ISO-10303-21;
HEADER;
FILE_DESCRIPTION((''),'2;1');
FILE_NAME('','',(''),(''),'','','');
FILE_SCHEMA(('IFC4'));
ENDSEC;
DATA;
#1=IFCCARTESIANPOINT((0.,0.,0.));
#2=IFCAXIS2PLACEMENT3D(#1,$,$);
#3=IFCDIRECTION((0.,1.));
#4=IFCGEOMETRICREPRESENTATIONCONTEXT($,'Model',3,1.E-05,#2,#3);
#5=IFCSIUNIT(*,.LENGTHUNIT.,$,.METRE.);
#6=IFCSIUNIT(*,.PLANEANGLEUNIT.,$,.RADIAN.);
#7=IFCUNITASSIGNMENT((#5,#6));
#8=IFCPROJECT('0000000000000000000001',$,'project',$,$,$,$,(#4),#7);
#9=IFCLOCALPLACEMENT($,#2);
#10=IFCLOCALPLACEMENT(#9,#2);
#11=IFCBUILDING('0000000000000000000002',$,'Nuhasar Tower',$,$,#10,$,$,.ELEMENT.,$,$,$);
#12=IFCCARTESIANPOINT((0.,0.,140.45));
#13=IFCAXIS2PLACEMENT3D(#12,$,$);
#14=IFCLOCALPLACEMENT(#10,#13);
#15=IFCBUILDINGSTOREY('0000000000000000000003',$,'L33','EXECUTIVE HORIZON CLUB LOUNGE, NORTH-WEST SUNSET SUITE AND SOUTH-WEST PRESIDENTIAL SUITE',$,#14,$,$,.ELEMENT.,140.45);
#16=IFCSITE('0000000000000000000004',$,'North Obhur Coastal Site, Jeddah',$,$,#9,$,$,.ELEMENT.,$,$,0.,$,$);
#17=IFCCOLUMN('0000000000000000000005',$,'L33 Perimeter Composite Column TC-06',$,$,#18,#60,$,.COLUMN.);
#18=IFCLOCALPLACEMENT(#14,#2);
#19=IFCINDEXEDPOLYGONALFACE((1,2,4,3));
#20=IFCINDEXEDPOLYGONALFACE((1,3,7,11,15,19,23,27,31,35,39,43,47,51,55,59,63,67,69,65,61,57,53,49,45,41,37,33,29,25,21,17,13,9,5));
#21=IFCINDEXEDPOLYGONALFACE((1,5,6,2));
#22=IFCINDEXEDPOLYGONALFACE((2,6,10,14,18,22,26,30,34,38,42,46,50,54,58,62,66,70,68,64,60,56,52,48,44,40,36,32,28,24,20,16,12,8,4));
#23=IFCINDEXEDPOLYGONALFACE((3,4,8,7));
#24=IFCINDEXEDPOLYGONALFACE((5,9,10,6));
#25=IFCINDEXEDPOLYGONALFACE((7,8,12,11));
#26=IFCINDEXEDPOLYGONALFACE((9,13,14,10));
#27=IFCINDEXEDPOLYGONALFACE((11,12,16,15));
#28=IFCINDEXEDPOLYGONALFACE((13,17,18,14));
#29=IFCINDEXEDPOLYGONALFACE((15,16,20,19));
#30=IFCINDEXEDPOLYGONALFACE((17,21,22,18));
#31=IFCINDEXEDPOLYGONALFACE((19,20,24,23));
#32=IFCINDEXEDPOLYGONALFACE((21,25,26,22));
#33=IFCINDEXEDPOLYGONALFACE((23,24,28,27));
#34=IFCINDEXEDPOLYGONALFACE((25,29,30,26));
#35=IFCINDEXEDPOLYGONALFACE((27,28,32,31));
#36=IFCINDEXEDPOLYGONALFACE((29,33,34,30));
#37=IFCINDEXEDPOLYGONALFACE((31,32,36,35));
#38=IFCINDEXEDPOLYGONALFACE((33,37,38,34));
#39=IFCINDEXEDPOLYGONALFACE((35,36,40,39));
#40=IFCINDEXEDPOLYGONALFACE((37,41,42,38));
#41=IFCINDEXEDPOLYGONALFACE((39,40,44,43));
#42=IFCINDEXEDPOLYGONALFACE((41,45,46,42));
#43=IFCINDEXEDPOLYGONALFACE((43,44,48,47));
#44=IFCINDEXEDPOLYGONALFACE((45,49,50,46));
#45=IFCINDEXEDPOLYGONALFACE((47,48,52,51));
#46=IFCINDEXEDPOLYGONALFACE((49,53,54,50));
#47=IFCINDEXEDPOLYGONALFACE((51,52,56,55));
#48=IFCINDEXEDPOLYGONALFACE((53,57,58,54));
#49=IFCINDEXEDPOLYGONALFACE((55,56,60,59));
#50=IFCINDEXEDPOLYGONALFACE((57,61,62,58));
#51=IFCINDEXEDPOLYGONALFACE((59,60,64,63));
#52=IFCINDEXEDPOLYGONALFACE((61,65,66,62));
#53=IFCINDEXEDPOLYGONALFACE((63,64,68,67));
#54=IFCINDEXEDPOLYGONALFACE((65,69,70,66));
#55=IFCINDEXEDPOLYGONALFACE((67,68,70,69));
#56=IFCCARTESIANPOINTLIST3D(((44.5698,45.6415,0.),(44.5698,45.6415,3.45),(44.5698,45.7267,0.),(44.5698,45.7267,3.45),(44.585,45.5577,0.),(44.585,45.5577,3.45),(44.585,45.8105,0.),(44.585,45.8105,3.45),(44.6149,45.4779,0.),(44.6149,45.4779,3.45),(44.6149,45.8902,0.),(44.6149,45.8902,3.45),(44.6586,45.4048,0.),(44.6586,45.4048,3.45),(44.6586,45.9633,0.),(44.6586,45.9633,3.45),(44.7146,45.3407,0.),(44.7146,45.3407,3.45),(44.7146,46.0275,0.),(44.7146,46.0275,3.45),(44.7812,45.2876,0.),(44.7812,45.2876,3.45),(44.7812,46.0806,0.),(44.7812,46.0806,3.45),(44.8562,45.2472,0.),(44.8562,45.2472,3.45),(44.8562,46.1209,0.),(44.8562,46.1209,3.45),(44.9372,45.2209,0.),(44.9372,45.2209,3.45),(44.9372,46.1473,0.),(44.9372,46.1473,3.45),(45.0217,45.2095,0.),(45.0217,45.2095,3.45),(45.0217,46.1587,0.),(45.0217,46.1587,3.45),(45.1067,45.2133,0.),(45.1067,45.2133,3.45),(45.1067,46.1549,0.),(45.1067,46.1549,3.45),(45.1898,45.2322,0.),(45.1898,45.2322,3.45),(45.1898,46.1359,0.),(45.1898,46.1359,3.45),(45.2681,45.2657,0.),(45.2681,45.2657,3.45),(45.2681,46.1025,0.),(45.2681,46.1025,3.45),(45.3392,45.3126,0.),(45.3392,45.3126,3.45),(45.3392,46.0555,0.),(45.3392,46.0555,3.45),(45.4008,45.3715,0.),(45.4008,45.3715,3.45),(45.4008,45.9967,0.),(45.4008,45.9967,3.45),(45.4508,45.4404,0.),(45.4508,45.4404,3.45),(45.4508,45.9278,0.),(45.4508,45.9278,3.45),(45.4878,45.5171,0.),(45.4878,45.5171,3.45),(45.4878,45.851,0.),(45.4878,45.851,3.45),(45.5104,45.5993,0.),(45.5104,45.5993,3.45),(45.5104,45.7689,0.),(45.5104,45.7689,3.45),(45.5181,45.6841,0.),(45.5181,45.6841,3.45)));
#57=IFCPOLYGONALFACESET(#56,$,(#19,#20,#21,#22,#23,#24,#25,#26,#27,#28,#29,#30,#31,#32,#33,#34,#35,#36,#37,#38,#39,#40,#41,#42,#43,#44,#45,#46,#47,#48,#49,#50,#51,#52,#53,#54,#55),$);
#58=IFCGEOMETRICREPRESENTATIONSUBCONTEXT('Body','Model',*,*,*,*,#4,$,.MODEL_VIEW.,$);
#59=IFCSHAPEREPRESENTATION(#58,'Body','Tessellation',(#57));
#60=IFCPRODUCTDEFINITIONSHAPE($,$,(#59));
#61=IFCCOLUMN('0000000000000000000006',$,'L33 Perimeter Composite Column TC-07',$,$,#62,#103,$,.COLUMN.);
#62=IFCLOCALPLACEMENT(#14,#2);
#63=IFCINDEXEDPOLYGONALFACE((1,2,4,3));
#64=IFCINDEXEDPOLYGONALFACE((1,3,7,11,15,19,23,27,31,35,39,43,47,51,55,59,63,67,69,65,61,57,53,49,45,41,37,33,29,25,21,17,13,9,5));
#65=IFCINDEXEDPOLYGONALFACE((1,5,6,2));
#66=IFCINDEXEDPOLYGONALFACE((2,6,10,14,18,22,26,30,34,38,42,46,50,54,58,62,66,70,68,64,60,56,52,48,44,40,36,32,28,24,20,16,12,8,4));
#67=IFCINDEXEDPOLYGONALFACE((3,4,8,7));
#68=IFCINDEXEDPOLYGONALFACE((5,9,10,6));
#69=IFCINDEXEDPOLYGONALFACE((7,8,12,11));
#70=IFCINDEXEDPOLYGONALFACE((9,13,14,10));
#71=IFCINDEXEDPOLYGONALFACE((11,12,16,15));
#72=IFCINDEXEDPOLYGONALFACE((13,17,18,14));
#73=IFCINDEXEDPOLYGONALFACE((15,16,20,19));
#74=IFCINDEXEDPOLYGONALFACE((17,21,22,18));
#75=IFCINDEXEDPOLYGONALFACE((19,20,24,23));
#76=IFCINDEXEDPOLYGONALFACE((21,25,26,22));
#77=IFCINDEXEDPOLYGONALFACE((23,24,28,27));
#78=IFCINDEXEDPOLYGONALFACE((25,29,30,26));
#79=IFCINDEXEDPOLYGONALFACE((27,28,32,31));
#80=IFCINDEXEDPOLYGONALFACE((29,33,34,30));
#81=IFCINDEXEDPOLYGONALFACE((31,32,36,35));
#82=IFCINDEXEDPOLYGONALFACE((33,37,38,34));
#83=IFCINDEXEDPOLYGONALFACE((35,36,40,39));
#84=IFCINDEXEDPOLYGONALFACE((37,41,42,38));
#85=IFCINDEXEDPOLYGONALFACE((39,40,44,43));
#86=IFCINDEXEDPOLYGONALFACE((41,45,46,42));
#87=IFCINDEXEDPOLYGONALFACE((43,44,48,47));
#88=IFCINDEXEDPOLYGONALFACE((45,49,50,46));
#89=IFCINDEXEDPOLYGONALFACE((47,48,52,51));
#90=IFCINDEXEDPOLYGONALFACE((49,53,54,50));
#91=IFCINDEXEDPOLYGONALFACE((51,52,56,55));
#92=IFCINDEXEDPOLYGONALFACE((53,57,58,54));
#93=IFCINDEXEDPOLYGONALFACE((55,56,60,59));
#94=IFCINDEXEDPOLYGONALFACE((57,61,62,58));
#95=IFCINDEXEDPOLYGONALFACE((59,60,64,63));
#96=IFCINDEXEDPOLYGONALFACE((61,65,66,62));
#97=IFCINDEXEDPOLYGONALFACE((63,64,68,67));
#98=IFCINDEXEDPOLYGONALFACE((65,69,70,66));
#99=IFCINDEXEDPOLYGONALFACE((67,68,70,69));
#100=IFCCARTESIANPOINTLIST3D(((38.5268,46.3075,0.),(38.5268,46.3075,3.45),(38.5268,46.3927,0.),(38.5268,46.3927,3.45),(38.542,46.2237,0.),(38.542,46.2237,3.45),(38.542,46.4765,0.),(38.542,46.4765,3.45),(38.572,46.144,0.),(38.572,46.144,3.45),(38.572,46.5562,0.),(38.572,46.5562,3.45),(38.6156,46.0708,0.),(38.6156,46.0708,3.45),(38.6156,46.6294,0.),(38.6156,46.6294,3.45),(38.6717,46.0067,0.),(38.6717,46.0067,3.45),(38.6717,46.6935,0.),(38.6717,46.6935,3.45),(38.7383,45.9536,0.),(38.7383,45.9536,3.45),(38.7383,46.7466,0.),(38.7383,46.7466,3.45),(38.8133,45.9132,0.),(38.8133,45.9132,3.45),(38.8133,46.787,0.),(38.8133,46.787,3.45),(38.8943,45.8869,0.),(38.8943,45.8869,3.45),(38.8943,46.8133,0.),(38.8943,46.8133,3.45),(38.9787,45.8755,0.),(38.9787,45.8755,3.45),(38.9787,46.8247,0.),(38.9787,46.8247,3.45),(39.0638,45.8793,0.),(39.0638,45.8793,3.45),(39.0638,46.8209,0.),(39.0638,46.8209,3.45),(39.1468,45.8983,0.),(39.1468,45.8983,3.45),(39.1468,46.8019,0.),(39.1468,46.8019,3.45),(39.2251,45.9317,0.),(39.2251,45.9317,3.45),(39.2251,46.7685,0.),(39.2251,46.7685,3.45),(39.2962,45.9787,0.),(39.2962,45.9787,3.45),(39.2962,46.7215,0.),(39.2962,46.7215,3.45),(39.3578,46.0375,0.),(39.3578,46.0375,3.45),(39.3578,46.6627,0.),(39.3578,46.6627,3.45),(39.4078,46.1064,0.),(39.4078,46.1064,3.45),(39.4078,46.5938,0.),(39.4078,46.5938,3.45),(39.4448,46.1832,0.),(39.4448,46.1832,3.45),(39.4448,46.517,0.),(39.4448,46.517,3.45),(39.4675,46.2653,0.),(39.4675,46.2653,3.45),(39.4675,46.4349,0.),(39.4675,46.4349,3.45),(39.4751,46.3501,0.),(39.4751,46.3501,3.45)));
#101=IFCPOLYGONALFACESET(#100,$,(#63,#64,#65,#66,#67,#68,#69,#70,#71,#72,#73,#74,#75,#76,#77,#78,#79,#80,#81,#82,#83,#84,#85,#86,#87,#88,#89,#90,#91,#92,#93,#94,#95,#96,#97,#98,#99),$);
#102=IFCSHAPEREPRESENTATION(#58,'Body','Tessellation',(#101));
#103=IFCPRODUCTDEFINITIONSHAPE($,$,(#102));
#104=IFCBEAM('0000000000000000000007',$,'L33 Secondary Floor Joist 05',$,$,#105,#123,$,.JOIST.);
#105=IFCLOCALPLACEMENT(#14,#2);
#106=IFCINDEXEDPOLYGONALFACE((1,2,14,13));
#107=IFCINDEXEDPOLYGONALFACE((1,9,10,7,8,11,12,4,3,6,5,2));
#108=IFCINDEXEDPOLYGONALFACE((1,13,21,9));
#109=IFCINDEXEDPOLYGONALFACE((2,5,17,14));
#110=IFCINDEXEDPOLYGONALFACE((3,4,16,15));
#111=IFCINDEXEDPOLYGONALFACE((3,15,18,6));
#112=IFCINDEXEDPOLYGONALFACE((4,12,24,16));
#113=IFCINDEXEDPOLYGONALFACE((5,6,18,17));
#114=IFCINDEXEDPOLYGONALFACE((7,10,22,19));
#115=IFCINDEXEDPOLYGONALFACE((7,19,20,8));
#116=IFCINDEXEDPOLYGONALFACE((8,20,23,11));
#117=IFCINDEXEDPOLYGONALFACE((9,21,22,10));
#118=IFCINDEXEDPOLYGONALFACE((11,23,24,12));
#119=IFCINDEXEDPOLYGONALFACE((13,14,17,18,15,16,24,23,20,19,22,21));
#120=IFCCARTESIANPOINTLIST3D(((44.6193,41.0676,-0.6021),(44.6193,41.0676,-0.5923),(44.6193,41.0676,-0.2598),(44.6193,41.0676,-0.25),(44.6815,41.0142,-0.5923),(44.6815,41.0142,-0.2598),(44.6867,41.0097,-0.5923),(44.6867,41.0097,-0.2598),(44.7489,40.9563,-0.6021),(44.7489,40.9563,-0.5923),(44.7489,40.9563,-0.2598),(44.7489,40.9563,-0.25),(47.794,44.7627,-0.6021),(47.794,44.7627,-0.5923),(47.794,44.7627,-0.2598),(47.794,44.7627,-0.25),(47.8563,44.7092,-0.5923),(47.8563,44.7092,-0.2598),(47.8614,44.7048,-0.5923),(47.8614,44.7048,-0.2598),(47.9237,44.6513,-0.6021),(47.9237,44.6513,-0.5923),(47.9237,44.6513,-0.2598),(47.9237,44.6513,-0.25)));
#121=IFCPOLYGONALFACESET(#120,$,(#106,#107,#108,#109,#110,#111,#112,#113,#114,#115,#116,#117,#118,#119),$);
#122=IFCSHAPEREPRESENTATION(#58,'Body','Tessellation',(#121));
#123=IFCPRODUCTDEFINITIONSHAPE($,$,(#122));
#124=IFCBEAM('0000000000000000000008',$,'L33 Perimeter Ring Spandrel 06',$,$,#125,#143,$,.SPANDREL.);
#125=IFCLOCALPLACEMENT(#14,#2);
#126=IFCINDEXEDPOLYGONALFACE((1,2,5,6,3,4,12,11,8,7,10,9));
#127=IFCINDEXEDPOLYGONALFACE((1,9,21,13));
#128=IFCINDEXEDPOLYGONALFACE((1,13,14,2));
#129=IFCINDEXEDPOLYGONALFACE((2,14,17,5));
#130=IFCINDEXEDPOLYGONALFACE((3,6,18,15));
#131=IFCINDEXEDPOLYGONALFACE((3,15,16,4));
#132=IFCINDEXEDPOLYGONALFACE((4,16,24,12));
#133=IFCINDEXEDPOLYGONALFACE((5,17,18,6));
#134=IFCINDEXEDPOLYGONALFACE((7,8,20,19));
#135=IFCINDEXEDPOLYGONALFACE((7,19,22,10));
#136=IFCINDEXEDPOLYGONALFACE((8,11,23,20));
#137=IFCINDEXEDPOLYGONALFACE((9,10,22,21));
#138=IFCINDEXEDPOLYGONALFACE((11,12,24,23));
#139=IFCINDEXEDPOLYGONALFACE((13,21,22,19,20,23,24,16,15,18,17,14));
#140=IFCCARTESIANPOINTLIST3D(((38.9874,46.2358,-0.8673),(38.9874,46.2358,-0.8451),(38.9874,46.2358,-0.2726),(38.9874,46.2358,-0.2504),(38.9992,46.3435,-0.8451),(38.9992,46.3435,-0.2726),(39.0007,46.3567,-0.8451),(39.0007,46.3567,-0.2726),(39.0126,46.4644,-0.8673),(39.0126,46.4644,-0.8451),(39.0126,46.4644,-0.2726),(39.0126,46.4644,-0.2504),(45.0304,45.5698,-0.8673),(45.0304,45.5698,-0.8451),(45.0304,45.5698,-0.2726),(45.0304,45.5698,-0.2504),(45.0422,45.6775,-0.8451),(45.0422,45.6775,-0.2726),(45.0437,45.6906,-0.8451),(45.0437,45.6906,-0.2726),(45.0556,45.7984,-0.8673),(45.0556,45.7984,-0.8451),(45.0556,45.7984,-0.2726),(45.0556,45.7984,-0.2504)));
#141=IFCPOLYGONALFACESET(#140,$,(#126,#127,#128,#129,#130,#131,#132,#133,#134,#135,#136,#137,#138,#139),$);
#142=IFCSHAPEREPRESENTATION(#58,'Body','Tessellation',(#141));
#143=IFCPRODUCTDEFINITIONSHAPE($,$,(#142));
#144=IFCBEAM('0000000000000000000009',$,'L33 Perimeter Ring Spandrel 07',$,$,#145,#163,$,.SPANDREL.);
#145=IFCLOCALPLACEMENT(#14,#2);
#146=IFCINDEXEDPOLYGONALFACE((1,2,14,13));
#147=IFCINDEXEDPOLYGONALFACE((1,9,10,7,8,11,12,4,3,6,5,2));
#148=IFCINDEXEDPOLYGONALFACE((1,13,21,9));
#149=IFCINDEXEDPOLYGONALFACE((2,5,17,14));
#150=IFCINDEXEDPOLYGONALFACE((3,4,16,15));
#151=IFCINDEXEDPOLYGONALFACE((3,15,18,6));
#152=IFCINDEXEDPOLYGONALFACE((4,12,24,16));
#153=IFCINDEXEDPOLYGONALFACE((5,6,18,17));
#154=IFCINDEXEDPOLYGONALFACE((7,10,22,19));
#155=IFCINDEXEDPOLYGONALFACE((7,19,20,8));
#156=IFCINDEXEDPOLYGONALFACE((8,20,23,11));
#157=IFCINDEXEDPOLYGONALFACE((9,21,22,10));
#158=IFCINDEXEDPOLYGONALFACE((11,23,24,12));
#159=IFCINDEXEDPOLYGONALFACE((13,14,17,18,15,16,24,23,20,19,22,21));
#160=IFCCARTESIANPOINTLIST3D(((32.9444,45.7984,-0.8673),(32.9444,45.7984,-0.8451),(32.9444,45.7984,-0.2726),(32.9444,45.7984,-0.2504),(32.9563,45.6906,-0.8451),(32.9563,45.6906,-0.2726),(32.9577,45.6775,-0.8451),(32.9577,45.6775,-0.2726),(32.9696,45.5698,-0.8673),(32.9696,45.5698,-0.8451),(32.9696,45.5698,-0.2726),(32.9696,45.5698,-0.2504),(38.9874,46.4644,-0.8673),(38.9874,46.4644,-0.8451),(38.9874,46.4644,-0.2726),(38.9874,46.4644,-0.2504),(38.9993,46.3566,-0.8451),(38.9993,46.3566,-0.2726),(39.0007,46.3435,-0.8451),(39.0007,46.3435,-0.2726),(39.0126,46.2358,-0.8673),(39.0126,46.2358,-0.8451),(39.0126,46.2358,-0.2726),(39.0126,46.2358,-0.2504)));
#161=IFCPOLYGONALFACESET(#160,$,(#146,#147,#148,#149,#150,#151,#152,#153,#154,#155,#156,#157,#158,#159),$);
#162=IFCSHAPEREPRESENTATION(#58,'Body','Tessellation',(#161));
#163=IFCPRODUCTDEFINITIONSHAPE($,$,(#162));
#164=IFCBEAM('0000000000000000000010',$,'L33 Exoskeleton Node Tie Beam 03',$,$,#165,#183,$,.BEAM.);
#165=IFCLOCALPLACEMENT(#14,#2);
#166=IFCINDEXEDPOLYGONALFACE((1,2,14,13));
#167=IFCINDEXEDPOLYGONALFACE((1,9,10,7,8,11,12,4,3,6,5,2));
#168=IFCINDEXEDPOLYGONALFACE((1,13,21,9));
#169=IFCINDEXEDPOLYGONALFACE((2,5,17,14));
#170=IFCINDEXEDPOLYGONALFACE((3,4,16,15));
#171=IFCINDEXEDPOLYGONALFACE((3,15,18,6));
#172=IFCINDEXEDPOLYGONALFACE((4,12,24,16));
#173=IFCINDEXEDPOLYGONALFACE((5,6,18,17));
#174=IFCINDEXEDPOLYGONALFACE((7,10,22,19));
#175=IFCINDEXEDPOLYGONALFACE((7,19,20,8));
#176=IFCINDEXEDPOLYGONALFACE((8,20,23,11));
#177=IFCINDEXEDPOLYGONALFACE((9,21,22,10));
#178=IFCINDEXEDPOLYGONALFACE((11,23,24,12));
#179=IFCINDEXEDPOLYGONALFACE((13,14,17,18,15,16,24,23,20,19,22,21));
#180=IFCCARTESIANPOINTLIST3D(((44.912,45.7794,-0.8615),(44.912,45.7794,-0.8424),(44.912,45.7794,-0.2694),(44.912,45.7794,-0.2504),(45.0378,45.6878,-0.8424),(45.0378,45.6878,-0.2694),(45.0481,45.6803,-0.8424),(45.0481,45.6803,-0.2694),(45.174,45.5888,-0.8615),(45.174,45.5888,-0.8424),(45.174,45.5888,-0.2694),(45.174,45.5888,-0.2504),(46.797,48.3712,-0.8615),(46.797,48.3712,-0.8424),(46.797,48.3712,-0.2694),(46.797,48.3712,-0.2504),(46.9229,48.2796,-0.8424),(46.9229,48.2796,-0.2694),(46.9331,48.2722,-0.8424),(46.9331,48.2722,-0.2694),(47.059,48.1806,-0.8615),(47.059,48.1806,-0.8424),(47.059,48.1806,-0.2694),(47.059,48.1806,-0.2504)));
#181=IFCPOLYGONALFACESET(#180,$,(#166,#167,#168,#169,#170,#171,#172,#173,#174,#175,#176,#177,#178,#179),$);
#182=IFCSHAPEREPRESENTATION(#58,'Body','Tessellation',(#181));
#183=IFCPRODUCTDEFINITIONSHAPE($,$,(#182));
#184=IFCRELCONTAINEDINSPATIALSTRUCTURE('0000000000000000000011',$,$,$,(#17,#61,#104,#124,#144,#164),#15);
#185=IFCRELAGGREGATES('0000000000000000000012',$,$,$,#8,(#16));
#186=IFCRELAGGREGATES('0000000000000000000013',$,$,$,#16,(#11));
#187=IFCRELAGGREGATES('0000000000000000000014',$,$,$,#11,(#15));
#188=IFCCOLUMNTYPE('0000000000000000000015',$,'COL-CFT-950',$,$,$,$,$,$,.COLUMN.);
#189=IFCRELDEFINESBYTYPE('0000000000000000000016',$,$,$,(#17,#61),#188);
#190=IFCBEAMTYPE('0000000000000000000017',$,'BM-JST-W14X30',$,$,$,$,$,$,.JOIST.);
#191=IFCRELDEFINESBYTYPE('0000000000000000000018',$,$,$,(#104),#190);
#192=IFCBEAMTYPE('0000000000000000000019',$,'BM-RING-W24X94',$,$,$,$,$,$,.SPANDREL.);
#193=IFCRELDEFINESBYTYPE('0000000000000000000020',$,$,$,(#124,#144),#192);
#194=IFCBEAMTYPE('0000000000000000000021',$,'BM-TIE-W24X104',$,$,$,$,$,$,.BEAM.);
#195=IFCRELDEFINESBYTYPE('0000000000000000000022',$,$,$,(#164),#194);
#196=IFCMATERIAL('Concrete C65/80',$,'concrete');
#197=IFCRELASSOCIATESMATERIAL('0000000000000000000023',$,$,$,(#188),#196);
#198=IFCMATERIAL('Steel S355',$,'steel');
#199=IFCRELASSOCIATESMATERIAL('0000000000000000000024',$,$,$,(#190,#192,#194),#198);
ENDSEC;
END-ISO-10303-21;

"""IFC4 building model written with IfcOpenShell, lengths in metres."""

from ifc_helpers import new_model, si_unit, direction, frame, origin, origin_2d, place, context, subcontext, project, spatial, circle, i_section, extrude, material, material_profile, profile_set, type_object, element, save


model = new_model("IFC4")

# Units and contexts
model_context = context("Model", 3, precision=1e-05, world=origin(), true_north=direction((0.0, 1.0)))
body_context = subcontext(model_context, "Body", "Model", "MODEL_VIEW")
ifc_project = project(units=[si_unit("LENGTHUNIT", "METRE"), si_unit("PLANEANGLEUNIT", "RADIAN")], contexts=[model_context])

# Site, building, storey
site_placement = place(None, origin())
site = spatial("IfcSite", under=ifc_project, at=site_placement, Name="North Obhur Coastal Site, Jeddah", CompositionType="ELEMENT", RefElevation=0.0)
building_placement = place(site_placement, origin())
building = spatial("IfcBuilding", under=site, at=building_placement, Name="Nuhasar Tower", CompositionType="ELEMENT")
storey_placement = place(building_placement, frame((0.0, 0.0, 140.45)))
storey = spatial("IfcBuildingStorey", under=building, at=storey_placement, Name="L33", Description="EXECUTIVE HORIZON CLUB LOUNGE, NORTH-WEST SUNSET SUITE AND SOUTH-WEST PRESIDENTIAL SUITE", CompositionType="ELEMENT", Elevation=140.45)

# Columns
ifc_material_1 = material(Name="Concrete C65/80", Category="concrete")
ifc_material_profile_1 = material_profile(ifc_material_1, circle(Radius=0.4751, at=origin_2d()), Name="CFT950")
ifc_profile_set_1 = profile_set([ifc_material_profile_1], Name="Concrete C65/80")
column_type = type_object("IfcColumnType", Name="COL-CFT-950", PredefinedType="COLUMN", material=ifc_profile_set_1)
for number, where, z_axis, x_axis, name in (
    (1, (45.043, 45.6841, 0.0), (0.0, 0.0, 1.0), (1.0, 0.0, 0.0), "L33 Perimeter Composite Column TC-06"),
    (2, (39.0, 46.3501, 0.0), (0.0, 0.0, 1.0), (1.0, 0.0, 0.0), "L33 Perimeter Composite Column TC-07"),
):
    element("IfcColumn", number, at=place(storey_placement, frame(where, z_axis=z_axis, x_axis=x_axis)), inside=storey, type_object=column_type, Name=name, PredefinedType="COLUMN", context=body_context, shape_type="SweptSolid", body=[
        extrude(circle(Radius=0.4751, at=origin_2d()), origin(), (0.0, 0.0, 1.0), 3.45),
    ])

# Beams
ifc_material_2 = material(Name="Steel S355", Category="steel")
ifc_material_profile_2 = material_profile(ifc_material_2, i_section(OverallWidth=0.1709, OverallDepth=0.3521, WebThickness=0.0068, FlangeThickness=0.0098, at=origin_2d()), Name="W14X30")
ifc_profile_set_2 = profile_set([ifc_material_profile_2], Name="Steel S355")
beam_type_1 = type_object("IfcBeamType", Name="BM-JST-W14X30", PredefinedType="JOIST", material=ifc_profile_set_2)
beam_1_placement = place(storey_placement, frame((44.6841, 41.012, -0.426), z_axis=(0.651691, 0.758485, 0.0), x_axis=(-0.758485, 0.651691, 0.0)))
element("IfcBeam", 3, at=beam_1_placement, inside=storey, type_object=beam_type_1, Name="L33 Secondary Floor Joist 05", PredefinedType="JOIST", context=body_context, shape_type="SweptSolid", body=[
    extrude(i_section(OverallWidth=0.1709, OverallDepth=0.3521, WebThickness=0.0068, FlangeThickness=0.0098, at=origin_2d()), origin(), (0.0, 0.0, 1.0), 4.8716),
])
ifc_material_profile_3 = material_profile(ifc_material_2, i_section(OverallWidth=0.23, OverallDepth=0.6169, WebThickness=0.0132, FlangeThickness=0.0222, at=origin_2d()), Name="W24X94")
ifc_profile_set_3 = profile_set([ifc_material_profile_3], Name="Steel S355")
beam_type_2 = type_object("IfcBeamType", Name="BM-RING-W24X94", PredefinedType="SPANDREL", material=ifc_profile_set_3)
for number, where, z_axis, x_axis, name in (
    (4, (45.043, 45.6841, -0.5588), (-0.993981, 0.10955, 0.0), (-0.10955, -0.993981, 0.0), "L33 Perimeter Ring Spandrel 06"),
    (5, (39.0, 46.3501, -0.5588), (-0.993981, -0.10955, 0.0), (0.10955, -0.993981, 0.0), "L33 Perimeter Ring Spandrel 07"),
):
    element("IfcBeam", number, at=place(storey_placement, frame(where, z_axis=z_axis, x_axis=x_axis)), inside=storey, type_object=beam_type_2, Name=name, PredefinedType="SPANDREL", context=body_context, shape_type="SweptSolid", body=[
        extrude(i_section(OverallWidth=0.23, OverallDepth=0.6169, WebThickness=0.0132, FlangeThickness=0.0222, at=origin_2d()), origin(), (0.0, 0.0, 1.0), 6.0796),
    ])
ifc_material_profile_4 = material_profile(ifc_material_2, i_section(OverallWidth=0.324, OverallDepth=0.6111, WebThickness=0.0127, FlangeThickness=0.019, at=origin_2d()), Name="W24X104")
ifc_profile_set_4 = profile_set([ifc_material_profile_4], Name="Steel S355")
beam_type_3 = type_object("IfcBeamType", Name="BM-TIE-W24X104", PredefinedType="BEAM", material=ifc_profile_set_4)
beam_2_placement = place(storey_placement, frame((45.043, 45.6841, -0.5559), z_axis=(0.588185, 0.808726, 0.0), x_axis=(-0.808726, 0.588185, 0.0)))
element("IfcBeam", 6, at=beam_2_placement, inside=storey, type_object=beam_type_3, Name="L33 Exoskeleton Node Tie Beam 03", PredefinedType="BEAM", context=body_context, shape_type="SweptSolid", body=[
    extrude(i_section(OverallWidth=0.324, OverallDepth=0.6111, WebThickness=0.0127, FlangeThickness=0.019, at=origin_2d()), origin(), (0.0, 0.0, 1.0), 3.2048),
])

save(model, "model.ifc")
